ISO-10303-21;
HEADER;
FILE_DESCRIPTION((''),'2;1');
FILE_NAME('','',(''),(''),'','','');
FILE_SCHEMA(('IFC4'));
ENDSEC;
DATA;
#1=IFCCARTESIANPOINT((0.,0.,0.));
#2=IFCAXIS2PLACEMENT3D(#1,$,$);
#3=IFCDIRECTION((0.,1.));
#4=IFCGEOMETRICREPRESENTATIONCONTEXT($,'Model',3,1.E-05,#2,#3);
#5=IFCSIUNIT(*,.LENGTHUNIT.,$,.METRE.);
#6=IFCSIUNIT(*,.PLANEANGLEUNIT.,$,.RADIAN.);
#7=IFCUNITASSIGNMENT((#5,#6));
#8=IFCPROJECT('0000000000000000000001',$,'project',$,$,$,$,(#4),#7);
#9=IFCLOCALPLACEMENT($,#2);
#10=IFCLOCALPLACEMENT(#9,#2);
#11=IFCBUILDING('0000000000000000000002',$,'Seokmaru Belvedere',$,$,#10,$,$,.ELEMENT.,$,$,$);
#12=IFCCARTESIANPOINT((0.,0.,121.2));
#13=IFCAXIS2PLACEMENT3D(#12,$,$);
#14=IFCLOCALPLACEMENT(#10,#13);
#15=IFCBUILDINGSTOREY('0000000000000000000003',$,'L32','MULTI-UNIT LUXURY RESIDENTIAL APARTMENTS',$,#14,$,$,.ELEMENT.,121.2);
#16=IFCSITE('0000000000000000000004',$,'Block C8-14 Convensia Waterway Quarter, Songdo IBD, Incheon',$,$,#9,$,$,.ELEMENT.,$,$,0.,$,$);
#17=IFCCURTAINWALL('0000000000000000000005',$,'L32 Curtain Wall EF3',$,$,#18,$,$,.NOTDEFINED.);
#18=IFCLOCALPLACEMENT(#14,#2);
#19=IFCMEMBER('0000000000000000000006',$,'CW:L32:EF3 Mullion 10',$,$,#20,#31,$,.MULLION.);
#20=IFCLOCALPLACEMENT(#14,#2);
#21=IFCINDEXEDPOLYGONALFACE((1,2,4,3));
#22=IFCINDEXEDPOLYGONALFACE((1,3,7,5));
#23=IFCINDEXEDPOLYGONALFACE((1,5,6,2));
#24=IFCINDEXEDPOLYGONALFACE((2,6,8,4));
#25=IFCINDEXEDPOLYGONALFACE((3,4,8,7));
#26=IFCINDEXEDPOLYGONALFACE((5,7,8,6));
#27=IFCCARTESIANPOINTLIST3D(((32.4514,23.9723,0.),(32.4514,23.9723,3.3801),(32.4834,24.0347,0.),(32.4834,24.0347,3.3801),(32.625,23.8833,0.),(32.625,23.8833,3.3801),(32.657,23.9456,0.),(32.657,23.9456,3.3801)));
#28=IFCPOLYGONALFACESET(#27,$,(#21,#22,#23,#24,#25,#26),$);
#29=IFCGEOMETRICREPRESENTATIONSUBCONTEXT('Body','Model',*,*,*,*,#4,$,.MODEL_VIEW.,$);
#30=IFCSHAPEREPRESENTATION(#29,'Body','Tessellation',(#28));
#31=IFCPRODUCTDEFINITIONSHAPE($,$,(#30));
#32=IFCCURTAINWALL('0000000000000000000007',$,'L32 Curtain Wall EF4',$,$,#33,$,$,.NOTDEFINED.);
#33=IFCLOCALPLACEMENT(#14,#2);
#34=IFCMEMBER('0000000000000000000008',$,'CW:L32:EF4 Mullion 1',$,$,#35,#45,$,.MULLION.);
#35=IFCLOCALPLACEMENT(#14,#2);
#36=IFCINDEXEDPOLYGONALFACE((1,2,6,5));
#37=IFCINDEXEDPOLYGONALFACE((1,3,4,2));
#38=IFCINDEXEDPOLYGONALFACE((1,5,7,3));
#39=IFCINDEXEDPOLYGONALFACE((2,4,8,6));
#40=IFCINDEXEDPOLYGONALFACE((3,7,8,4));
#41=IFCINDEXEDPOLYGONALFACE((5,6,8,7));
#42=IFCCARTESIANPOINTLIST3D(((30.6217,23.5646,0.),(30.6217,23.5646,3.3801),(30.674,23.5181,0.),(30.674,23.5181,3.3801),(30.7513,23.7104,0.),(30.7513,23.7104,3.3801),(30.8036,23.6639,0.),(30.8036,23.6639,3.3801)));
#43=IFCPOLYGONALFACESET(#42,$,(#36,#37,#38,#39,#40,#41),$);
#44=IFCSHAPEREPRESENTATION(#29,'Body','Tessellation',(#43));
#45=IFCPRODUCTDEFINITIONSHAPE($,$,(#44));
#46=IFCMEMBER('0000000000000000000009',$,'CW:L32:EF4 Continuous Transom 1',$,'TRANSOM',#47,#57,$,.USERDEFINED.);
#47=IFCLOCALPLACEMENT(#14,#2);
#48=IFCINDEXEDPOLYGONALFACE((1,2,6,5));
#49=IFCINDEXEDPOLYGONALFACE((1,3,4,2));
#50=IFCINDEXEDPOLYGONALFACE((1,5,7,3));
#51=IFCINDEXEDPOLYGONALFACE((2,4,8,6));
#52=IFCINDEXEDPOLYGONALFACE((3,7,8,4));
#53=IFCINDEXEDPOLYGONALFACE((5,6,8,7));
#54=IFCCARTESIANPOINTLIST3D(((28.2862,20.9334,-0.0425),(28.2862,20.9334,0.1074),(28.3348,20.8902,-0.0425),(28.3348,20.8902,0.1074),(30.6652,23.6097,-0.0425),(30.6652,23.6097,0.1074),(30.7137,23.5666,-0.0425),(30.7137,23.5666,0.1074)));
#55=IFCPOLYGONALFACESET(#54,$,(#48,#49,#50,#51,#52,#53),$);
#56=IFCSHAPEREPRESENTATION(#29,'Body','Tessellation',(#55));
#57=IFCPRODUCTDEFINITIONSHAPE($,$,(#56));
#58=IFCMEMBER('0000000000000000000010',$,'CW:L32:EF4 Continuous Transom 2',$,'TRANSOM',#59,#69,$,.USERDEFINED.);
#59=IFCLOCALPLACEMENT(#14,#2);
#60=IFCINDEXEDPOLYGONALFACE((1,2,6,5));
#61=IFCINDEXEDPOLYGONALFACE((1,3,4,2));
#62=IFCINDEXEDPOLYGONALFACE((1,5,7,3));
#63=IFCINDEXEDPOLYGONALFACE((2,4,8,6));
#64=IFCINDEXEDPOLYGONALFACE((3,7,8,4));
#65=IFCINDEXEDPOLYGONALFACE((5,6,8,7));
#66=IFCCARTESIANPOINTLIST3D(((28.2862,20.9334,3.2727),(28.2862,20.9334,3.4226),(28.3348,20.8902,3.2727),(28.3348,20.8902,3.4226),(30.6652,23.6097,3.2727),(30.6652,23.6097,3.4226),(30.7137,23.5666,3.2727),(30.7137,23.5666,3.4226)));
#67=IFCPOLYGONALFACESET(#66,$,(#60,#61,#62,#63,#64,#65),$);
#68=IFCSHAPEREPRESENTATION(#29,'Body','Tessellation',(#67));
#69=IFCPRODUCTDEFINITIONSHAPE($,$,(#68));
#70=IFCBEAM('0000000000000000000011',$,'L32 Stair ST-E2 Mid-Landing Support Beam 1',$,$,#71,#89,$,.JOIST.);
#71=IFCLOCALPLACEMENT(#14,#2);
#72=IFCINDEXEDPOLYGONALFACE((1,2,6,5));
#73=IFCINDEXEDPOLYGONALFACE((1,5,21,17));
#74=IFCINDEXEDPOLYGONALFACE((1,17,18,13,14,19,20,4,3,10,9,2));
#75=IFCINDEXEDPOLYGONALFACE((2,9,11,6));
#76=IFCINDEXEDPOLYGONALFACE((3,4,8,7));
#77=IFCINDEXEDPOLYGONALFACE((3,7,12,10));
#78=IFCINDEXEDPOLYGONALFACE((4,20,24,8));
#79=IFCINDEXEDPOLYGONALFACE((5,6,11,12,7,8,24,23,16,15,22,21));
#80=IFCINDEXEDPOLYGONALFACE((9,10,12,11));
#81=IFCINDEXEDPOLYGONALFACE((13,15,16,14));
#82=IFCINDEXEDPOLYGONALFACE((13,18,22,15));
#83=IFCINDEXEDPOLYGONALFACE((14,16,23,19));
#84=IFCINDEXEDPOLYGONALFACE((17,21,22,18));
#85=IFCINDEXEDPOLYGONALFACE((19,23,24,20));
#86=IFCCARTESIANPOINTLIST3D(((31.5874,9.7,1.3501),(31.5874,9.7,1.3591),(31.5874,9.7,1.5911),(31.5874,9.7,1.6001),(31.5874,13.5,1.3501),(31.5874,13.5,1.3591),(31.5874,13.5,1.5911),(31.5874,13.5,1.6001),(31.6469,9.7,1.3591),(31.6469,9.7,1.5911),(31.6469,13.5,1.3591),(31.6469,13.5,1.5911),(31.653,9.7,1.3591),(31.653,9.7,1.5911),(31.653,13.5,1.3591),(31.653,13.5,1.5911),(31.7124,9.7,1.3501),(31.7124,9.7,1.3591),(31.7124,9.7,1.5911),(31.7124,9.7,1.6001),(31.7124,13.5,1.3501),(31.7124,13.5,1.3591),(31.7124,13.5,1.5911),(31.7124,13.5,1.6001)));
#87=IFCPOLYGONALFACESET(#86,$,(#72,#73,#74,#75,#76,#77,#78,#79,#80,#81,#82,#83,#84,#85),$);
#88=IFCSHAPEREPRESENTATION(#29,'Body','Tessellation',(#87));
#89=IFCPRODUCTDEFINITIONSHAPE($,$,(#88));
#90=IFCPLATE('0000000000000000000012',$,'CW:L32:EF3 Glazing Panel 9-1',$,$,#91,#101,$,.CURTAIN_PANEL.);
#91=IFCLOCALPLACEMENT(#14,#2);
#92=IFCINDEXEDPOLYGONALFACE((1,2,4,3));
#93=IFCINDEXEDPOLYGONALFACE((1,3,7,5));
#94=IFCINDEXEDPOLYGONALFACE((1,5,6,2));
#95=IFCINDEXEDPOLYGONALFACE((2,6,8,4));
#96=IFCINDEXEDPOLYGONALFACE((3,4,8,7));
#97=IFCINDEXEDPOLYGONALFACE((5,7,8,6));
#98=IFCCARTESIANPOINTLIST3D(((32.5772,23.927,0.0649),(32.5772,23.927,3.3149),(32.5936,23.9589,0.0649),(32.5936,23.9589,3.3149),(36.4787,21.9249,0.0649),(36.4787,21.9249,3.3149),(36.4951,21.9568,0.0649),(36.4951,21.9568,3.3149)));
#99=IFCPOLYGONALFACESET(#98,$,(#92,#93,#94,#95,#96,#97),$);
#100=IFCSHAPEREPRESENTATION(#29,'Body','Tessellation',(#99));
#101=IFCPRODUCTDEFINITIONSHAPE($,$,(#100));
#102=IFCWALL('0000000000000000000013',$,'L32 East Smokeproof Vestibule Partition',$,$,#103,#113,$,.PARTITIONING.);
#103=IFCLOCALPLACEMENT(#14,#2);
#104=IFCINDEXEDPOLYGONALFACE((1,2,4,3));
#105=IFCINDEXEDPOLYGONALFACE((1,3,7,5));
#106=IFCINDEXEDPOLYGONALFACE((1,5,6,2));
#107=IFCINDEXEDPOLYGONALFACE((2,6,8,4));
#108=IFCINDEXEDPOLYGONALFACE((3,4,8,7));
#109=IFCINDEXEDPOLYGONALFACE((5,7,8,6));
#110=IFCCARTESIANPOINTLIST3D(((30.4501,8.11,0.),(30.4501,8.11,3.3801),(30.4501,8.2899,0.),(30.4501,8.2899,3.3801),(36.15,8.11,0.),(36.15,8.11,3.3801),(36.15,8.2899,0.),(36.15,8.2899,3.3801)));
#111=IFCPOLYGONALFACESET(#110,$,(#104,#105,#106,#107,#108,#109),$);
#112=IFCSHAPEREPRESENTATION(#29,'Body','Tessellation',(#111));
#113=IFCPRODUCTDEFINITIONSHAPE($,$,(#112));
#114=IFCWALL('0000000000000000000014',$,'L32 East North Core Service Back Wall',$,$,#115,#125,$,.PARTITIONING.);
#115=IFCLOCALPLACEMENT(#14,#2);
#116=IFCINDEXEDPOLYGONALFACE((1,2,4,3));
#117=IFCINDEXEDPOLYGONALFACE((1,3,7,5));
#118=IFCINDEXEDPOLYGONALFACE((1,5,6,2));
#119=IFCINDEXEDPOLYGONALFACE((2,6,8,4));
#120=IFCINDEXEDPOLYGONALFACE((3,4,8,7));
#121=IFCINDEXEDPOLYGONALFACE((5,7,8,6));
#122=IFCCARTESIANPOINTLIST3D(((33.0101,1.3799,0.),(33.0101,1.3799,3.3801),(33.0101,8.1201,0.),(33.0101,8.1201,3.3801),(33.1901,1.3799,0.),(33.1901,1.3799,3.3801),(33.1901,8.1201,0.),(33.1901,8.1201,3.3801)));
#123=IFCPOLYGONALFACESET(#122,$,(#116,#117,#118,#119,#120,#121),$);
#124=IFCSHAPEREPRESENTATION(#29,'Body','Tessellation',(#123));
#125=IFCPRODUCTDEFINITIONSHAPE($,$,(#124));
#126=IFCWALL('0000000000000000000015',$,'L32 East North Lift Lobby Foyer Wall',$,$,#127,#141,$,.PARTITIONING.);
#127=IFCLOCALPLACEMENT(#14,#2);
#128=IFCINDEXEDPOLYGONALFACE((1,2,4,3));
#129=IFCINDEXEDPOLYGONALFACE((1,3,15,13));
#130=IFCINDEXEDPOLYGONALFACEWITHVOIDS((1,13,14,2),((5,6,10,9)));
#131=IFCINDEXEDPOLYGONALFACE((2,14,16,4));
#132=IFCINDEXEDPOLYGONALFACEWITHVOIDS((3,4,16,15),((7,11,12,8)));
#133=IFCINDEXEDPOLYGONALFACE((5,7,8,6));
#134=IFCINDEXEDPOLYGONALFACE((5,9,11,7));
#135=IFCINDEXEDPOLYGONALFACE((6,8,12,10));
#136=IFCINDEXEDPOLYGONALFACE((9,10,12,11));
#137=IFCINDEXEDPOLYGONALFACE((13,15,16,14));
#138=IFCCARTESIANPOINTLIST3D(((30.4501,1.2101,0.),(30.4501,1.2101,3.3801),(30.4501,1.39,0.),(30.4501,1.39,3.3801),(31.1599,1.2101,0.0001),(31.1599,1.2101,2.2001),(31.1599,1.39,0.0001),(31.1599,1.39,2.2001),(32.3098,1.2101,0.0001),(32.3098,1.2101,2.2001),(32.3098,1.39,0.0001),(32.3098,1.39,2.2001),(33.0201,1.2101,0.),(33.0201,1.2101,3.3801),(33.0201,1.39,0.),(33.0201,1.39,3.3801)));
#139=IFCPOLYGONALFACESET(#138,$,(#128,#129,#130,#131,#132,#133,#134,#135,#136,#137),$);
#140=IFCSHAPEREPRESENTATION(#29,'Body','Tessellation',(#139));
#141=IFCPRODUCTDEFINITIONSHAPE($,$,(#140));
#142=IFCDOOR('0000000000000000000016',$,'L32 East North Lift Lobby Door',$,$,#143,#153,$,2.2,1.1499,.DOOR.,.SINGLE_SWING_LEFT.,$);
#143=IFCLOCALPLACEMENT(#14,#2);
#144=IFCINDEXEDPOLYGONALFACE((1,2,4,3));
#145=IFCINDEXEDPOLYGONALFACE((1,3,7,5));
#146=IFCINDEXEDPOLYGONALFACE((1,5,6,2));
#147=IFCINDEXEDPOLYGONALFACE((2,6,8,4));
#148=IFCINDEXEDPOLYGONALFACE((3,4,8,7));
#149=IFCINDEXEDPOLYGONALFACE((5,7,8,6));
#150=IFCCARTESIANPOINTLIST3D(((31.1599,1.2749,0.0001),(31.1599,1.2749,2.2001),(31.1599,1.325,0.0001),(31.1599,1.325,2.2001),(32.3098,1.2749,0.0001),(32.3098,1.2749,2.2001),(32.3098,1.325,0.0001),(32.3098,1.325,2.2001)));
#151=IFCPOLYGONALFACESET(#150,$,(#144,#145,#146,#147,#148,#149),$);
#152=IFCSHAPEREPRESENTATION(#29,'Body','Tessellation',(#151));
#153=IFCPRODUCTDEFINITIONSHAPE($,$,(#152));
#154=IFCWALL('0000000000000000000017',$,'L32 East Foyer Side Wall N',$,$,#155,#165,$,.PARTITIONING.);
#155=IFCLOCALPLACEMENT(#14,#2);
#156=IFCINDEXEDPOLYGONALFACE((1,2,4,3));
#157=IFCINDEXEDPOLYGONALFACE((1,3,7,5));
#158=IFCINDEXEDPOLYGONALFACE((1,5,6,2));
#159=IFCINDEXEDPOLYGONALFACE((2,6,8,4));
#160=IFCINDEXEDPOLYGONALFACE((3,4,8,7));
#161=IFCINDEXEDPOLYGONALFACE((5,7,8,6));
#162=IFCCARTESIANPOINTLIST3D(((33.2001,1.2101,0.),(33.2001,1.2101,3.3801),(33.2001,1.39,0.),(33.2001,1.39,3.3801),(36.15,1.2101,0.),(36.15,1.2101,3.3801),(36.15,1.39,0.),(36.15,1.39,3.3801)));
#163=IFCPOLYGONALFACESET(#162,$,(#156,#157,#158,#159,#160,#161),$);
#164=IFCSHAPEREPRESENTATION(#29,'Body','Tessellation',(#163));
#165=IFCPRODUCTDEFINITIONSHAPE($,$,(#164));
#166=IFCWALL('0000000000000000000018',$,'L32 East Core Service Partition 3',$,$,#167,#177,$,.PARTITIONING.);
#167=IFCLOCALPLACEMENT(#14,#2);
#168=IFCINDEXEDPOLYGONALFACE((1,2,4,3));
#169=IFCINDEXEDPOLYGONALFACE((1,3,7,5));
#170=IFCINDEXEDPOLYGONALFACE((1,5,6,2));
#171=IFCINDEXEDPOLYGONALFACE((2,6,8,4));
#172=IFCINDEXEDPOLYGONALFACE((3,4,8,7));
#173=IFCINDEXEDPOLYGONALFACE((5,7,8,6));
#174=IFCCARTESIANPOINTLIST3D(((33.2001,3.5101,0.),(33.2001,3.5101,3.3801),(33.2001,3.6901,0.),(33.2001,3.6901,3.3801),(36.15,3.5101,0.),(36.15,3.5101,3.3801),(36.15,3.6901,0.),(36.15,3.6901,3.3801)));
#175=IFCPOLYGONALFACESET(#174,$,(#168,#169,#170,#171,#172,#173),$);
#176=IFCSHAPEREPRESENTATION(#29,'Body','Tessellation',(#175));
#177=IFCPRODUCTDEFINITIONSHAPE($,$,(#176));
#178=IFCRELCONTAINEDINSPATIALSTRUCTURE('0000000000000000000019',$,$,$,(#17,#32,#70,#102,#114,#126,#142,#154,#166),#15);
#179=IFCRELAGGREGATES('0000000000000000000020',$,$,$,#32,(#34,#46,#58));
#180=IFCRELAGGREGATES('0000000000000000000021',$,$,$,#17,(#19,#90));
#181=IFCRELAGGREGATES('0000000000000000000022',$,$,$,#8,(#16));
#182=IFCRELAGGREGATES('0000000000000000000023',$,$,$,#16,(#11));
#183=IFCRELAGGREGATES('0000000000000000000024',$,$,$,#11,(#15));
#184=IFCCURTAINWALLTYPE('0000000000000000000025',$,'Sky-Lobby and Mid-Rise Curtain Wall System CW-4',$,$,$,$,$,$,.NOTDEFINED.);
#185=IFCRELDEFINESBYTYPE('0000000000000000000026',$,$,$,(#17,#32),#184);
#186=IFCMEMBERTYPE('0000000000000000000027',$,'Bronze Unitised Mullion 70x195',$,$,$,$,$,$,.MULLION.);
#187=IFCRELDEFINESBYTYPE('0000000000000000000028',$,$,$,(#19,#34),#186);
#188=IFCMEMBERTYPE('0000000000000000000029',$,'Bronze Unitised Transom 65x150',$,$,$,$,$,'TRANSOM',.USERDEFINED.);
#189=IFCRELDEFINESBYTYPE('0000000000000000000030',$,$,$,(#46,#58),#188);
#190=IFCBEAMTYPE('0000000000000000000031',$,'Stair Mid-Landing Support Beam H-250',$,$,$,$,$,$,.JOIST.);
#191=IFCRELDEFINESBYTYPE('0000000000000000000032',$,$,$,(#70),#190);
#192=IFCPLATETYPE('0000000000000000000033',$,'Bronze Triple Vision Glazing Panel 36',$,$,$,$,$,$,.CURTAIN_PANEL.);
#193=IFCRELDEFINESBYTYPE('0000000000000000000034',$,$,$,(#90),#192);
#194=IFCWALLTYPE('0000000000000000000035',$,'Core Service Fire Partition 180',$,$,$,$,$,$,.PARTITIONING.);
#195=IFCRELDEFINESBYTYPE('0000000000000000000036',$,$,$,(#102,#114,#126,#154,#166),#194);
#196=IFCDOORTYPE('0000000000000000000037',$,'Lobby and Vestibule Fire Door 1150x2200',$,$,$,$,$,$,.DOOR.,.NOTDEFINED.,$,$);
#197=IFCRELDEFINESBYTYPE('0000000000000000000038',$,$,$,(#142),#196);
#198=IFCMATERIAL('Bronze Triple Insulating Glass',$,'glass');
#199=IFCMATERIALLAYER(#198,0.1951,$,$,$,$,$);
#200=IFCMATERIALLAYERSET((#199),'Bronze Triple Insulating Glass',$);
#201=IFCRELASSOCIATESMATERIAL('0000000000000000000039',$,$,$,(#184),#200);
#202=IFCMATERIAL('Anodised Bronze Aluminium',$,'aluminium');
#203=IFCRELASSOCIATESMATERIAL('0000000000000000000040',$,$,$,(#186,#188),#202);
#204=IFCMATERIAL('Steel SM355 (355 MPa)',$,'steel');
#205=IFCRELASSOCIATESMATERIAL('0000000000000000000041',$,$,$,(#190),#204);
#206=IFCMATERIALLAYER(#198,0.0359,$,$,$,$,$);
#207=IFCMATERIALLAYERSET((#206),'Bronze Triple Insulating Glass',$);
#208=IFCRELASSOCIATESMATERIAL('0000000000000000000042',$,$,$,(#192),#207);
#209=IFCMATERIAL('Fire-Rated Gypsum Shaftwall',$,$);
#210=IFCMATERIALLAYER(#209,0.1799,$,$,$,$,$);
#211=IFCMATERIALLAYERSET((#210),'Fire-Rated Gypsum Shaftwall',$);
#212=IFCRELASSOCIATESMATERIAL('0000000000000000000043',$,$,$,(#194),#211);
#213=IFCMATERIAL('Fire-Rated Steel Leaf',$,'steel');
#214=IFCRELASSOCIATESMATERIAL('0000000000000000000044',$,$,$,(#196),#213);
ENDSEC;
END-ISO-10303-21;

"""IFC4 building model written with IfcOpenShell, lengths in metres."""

from ifc_helpers import new_model, si_unit, direction, frame, frame_2d, origin, origin_2d, place, context, subcontext, project, spatial, rectangle, i_section, extrude, source, transform, mapped, material, layer, layer_set, material_profile, profile_set, type_object, type_shapes, element, fill, aggregate, save


model = new_model("IFC4")

# Units and contexts
model_context = context("Model", 3, precision=1e-05, world=origin(), true_north=direction((0.0, 1.0)))
body_context = subcontext(model_context, "Body", "Model", "MODEL_VIEW")
ifc_project = project(units=[si_unit("LENGTHUNIT", "METRE"), si_unit("PLANEANGLEUNIT", "RADIAN")], contexts=[model_context])

# Site, building, storey
site_placement = place(None, origin())
site = spatial("IfcSite", under=ifc_project, at=site_placement, Name="Block C8-14 Convensia Waterway Quarter, Songdo IBD, Incheon", CompositionType="ELEMENT", RefElevation=0.0)
building_placement = place(site_placement, origin())
building = spatial("IfcBuilding", under=site, at=building_placement, Name="Seokmaru Belvedere", CompositionType="ELEMENT")
storey_placement = place(building_placement, frame((0.0, 0.0, 121.2)))
storey = spatial("IfcBuildingStorey", under=building, at=storey_placement, Name="L32", Description="MULTI-UNIT LUXURY RESIDENTIAL APARTMENTS", CompositionType="ELEMENT", Elevation=121.2)

# Shared definitions
ifc_material_1 = material(Name="Steel SM355 (355 MPa)", Category="steel")

# Curtain wall, member
ifc_material_2 = material(Name="Bronze Triple Insulating Glass", Category="glass")
ifc_layer_1 = layer(ifc_material_2, 0.1951)
ifc_layer_set_1 = layer_set([ifc_layer_1], Name="Bronze Triple Insulating Glass")
curtain_wall_type = type_object("IfcCurtainWallType", Name="Sky-Lobby and Mid-Rise Curtain Wall System CW-4", PredefinedType="NOTDEFINED", material=ifc_layer_set_1)
curtain_wall_1_placement = place(storey_placement, origin())
curtain_wall_1 = element("IfcCurtainWall", 1, at=curtain_wall_1_placement, inside=storey, type_object=curtain_wall_type, Name="L32 Curtain Wall EF3", PredefinedType="NOTDEFINED")
ifc_material_3 = material(Name="Anodised Bronze Aluminium", Category="aluminium")
ifc_material_profile_1 = material_profile(ifc_material_3, rectangle(XDim=0.0701, YDim=0.1951, at=origin_2d()), Name="CW-M-70x195")
ifc_profile_set_1 = profile_set([ifc_material_profile_1], Name="Anodised Bronze Aluminium")
member_type_1 = type_object("IfcMemberType", Name="Bronze Unitised Mullion 70x195", PredefinedType="MULLION", material=ifc_profile_set_1)
shared_shape_1 = source(origin(), body_context, "Body", "SweptSolid", [
    extrude(rectangle(XDim=0.0701, YDim=0.1951, at=origin_2d()), origin(), (0.0, 0.0, 1.0), 3.3801),
])
type_shapes(member_type_1, [shared_shape_1])
member_1_placement = place(storey_placement, frame((32.5542, 23.959, 0.0), z_axis=(0.0, 0.0, 1.0), x_axis=(-0.456555, -0.889695, 0.0)))
member_1 = element("IfcMember", 2, at=member_1_placement, type_object=member_type_1, Name="CW:L32:EF3 Mullion 10", PredefinedType="MULLION", context=body_context, shape_type="MappedRepresentation", body=[
    mapped(shared_shape_1, transform((0.0, 0.0, 0.0), scale=1.0)),
])

# Curtain wall, members
curtain_wall_2_placement = place(storey_placement, origin())
curtain_wall_2 = element("IfcCurtainWall", 3, at=curtain_wall_2_placement, inside=storey, type_object=curtain_wall_type, Name="L32 Curtain Wall EF4", PredefinedType="NOTDEFINED")
member_2_placement = place(storey_placement, frame((30.7126, 23.6143, 0.0), z_axis=(0.0, 0.0, 1.0), x_axis=(0.74741, -0.664363, 0.0)))
member_2 = element("IfcMember", 4, at=member_2_placement, type_object=member_type_1, Name="CW:L32:EF4 Mullion 1", PredefinedType="MULLION", context=body_context, shape_type="MappedRepresentation", body=[
    mapped(shared_shape_1, transform((0.0, 0.0, 0.0), scale=1.0)),
])
ifc_material_profile_2 = material_profile(ifc_material_3, rectangle(XDim=0.0649, YDim=0.1499, at=origin_2d()), Name="CW-T-65x150")
ifc_profile_set_2 = profile_set([ifc_material_profile_2], Name="Anodised Bronze Aluminium")
member_type_2 = type_object("IfcMemberType", Name="Bronze Unitised Transom 65x150", ElementType="TRANSOM", PredefinedType="USERDEFINED", material=ifc_profile_set_2)
shared_shape_2 = source(origin(), body_context, "Body", "SweptSolid", [
    extrude(rectangle(XDim=0.0649, YDim=0.1499, at=origin_2d()), origin(), (0.0, 0.0, 1.0), 3.5808),
])
type_shapes(member_type_2, [shared_shape_2])
member_3_placement = place(storey_placement, frame((30.6895, 23.5881, 0.0325), z_axis=(-0.664364, -0.747409, 0.0), x_axis=(0.747409, -0.664364, 0.0)))
member_3 = element("IfcMember", 5, at=member_3_placement, type_object=member_type_2, Name="CW:L32:EF4 Continuous Transom 1", ObjectType="TRANSOM", PredefinedType="USERDEFINED", context=body_context, shape_type="MappedRepresentation", body=[
    mapped(shared_shape_2, transform((0.0, 0.0, 0.0), scale=1.0)),
])
member_4_placement = place(storey_placement, frame((30.6895, 23.5881, 3.3477), z_axis=(-0.664364, -0.747409, 0.0), x_axis=(0.747409, -0.664364, 0.0)))
member_4 = element("IfcMember", 6, at=member_4_placement, type_object=member_type_2, Name="CW:L32:EF4 Continuous Transom 2", ObjectType="TRANSOM", PredefinedType="USERDEFINED", context=body_context, shape_type="MappedRepresentation", body=[
    mapped(shared_shape_2, transform((0.0, 0.0, 0.0), scale=1.0)),
])
aggregate(curtain_wall_2, [member_2, member_3, member_4])

# Beam
ifc_material_profile_3 = material_profile(ifc_material_1, i_section(OverallWidth=0.125, OverallDepth=0.25, WebThickness=0.0061, FlangeThickness=0.009, at=origin_2d()), Name="H-250x125x6x9")
ifc_profile_set_3 = profile_set([ifc_material_profile_3], Name="Steel SM355 (355 MPa)")
beam_type_1 = type_object("IfcBeamType", Name="Stair Mid-Landing Support Beam H-250", PredefinedType="JOIST", material=ifc_profile_set_3)
shared_shape_3 = source(origin(), body_context, "Body", "SweptSolid", [
    extrude(i_section(OverallWidth=0.125, OverallDepth=0.25, WebThickness=0.0061, FlangeThickness=0.009, at=origin_2d()), origin(), (0.0, 0.0, 1.0), 3.8),
])
type_shapes(beam_type_1, [shared_shape_3])
beam_1_placement = place(storey_placement, frame((31.6499, 9.7, 1.4751), z_axis=(0.0, 1.0, 0.0), x_axis=(-1.0, 0.0, 0.0)))
element("IfcBeam", 7, at=beam_1_placement, inside=storey, type_object=beam_type_1, Name="L32 Stair ST-E2 Mid-Landing Support Beam 1", PredefinedType="JOIST", context=body_context, shape_type="MappedRepresentation", body=[
    mapped(shared_shape_3, transform((0.0, 0.0, 0.0), scale=1.0)),
])

# Plate
ifc_layer_2 = layer(ifc_material_2, 0.0359)
ifc_layer_set_2 = layer_set([ifc_layer_2], Name="Bronze Triple Insulating Glass")
plate_type = type_object("IfcPlateType", Name="Bronze Triple Vision Glazing Panel 36", PredefinedType="CURTAIN_PANEL", material=ifc_layer_set_2)
shared_shape_4 = source(origin(), body_context, "Body", "SweptSolid", [
    extrude(rectangle(XDim=4.3853, YDim=0.0359, at=origin_2d()), origin(), (0.0, 0.0, 1.0), 3.25),
])
type_shapes(plate_type, [shared_shape_4])
plate_placement = place(storey_placement, frame((34.5361, 22.9419, 0.0649), z_axis=(0.0, 0.0, 1.0), x_axis=(-0.889695, 0.456555, 0.0)))
plate = element("IfcPlate", 8, at=plate_placement, type_object=plate_type, Name="CW:L32:EF3 Glazing Panel 9-1", PredefinedType="CURTAIN_PANEL", context=body_context, shape_type="MappedRepresentation", body=[
    mapped(shared_shape_4, transform((0.0, 0.0, 0.0), scale=1.0)),
])
aggregate(curtain_wall_1, [member_1, plate])

# Walls
ifc_material_4 = material(Name="Fire-Rated Gypsum Shaftwall")
ifc_layer_3 = layer(ifc_material_4, 0.1799)
ifc_layer_set_3 = layer_set([ifc_layer_3], Name="Fire-Rated Gypsum Shaftwall")
wall_type_1 = type_object("IfcWallType", Name="Core Service Fire Partition 180", PredefinedType="PARTITIONING", material=ifc_layer_set_3)
wall_1_placement = place(storey_placement, frame((30.45, 8.2, 0.0), z_axis=(0.0, 0.0, 1.0), x_axis=(1.0, 0.0, 0.0)))
element("IfcWall", 9, at=wall_1_placement, inside=storey, type_object=wall_type_1, Name="L32 East Smokeproof Vestibule Partition", PredefinedType="PARTITIONING", context=body_context, shape_type="SweptSolid", body=[
    extrude(rectangle(XDim=5.7, YDim=0.1799, at=frame_2d((2.8501, 0.0))), origin(), (0.0, 0.0, 1.0), 3.3801),
])
wall_2_placement = place(storey_placement, frame((33.1001, 1.3799, 0.0), z_axis=(0.0, 0.0, 1.0), x_axis=(0.0, 1.0, 0.0)))
element("IfcWall", 10, at=wall_2_placement, inside=storey, type_object=wall_type_1, Name="L32 East North Core Service Back Wall", PredefinedType="PARTITIONING", context=body_context, shape_type="SweptSolid", body=[
    extrude(rectangle(XDim=6.7402, YDim=0.1799, at=frame_2d((3.3701, 0.0))), origin(), (0.0, 0.0, 1.0), 3.3801),
])

# Wall, opening, door
wall_3_placement = place(storey_placement, frame((30.45, 1.3, 0.0), z_axis=(0.0, 0.0, 1.0), x_axis=(1.0, 0.0, 0.0)))
wall_3 = element("IfcWall", 11, at=wall_3_placement, inside=storey, type_object=wall_type_1, Name="L32 East North Lift Lobby Foyer Wall", PredefinedType="PARTITIONING", context=body_context, shape_type="SweptSolid", body=[
    extrude(rectangle(XDim=2.5701, YDim=0.1799, at=frame_2d((1.2852, 0.0))), origin(), (0.0, 0.0, 1.0), 3.3801),
])
opening_1_placement = place(wall_3_placement, frame((0.71, 0.0, 0.0)))
opening_1 = element("IfcOpeningElement", 12, at=opening_1_placement, cuts=wall_3, PredefinedType="OPENING", context=body_context, shape_type="SweptSolid", body=[
    extrude(rectangle(XDim=1.1499, YDim=2.2, at=frame_2d((0.575, 1.1001))), frame((0.0, 0.1001, 0.0), z_axis=(0.0, -1.0, 0.0), x_axis=(1.0, 0.0, 0.0)), (0.0, 0.0, 1.0), 0.2),
])
ifc_material_5 = material(Name="Fire-Rated Steel Leaf", Category="steel")
door_type_1 = type_object("IfcDoorType", Name="Lobby and Vestibule Fire Door 1150x2200", OperationType="NOTDEFINED", PredefinedType="DOOR", material=ifc_material_5)
shared_shape_5 = source(origin(), body_context, "Body", "SweptSolid", [
    extrude(rectangle(XDim=1.1499, YDim=2.2, at=frame_2d((0.575, 1.1001))), frame((0.0, 0.0249, 0.0), z_axis=(0.0, -1.0, 0.0), x_axis=(1.0, 0.0, 0.0)), (0.0, 0.0, 1.0), 0.05),
])
type_shapes(door_type_1, [shared_shape_5])
door_1_placement = place(opening_1_placement, origin())
door_1 = element("IfcDoor", 13, at=door_1_placement, inside=storey, type_object=door_type_1, Name="L32 East North Lift Lobby Door", OperationType="SINGLE_SWING_LEFT", OverallHeight=2.2, OverallWidth=1.1499, PredefinedType="DOOR", context=body_context, shape_type="MappedRepresentation", body=[
    mapped(shared_shape_5, transform((0.0, 0.0, 0.0), scale=1.0)),
])
fill(opening_1, door_1)

# Walls
for number, where, z_axis, x_axis, name in (
    (14, (33.2, 1.3, 0.0), (0.0, 0.0, 1.0), (1.0, 0.0, 0.0), "L32 East Foyer Side Wall N"),
    (15, (33.2, 3.6001, 0.0), (0.0, 0.0, 1.0), (1.0, 0.0, 0.0), "L32 East Core Service Partition 3"),
):
    element("IfcWall", number, at=place(storey_placement, frame(where, z_axis=z_axis, x_axis=x_axis)), inside=storey, type_object=wall_type_1, Name=name, PredefinedType="PARTITIONING", context=body_context, shape_type="SweptSolid", body=[
        extrude(rectangle(XDim=2.95, YDim=0.1799, at=frame_2d((1.4751, 0.0))), origin(), (0.0, 0.0, 1.0), 3.3801),
    ])

save(model, "model.ifc")
